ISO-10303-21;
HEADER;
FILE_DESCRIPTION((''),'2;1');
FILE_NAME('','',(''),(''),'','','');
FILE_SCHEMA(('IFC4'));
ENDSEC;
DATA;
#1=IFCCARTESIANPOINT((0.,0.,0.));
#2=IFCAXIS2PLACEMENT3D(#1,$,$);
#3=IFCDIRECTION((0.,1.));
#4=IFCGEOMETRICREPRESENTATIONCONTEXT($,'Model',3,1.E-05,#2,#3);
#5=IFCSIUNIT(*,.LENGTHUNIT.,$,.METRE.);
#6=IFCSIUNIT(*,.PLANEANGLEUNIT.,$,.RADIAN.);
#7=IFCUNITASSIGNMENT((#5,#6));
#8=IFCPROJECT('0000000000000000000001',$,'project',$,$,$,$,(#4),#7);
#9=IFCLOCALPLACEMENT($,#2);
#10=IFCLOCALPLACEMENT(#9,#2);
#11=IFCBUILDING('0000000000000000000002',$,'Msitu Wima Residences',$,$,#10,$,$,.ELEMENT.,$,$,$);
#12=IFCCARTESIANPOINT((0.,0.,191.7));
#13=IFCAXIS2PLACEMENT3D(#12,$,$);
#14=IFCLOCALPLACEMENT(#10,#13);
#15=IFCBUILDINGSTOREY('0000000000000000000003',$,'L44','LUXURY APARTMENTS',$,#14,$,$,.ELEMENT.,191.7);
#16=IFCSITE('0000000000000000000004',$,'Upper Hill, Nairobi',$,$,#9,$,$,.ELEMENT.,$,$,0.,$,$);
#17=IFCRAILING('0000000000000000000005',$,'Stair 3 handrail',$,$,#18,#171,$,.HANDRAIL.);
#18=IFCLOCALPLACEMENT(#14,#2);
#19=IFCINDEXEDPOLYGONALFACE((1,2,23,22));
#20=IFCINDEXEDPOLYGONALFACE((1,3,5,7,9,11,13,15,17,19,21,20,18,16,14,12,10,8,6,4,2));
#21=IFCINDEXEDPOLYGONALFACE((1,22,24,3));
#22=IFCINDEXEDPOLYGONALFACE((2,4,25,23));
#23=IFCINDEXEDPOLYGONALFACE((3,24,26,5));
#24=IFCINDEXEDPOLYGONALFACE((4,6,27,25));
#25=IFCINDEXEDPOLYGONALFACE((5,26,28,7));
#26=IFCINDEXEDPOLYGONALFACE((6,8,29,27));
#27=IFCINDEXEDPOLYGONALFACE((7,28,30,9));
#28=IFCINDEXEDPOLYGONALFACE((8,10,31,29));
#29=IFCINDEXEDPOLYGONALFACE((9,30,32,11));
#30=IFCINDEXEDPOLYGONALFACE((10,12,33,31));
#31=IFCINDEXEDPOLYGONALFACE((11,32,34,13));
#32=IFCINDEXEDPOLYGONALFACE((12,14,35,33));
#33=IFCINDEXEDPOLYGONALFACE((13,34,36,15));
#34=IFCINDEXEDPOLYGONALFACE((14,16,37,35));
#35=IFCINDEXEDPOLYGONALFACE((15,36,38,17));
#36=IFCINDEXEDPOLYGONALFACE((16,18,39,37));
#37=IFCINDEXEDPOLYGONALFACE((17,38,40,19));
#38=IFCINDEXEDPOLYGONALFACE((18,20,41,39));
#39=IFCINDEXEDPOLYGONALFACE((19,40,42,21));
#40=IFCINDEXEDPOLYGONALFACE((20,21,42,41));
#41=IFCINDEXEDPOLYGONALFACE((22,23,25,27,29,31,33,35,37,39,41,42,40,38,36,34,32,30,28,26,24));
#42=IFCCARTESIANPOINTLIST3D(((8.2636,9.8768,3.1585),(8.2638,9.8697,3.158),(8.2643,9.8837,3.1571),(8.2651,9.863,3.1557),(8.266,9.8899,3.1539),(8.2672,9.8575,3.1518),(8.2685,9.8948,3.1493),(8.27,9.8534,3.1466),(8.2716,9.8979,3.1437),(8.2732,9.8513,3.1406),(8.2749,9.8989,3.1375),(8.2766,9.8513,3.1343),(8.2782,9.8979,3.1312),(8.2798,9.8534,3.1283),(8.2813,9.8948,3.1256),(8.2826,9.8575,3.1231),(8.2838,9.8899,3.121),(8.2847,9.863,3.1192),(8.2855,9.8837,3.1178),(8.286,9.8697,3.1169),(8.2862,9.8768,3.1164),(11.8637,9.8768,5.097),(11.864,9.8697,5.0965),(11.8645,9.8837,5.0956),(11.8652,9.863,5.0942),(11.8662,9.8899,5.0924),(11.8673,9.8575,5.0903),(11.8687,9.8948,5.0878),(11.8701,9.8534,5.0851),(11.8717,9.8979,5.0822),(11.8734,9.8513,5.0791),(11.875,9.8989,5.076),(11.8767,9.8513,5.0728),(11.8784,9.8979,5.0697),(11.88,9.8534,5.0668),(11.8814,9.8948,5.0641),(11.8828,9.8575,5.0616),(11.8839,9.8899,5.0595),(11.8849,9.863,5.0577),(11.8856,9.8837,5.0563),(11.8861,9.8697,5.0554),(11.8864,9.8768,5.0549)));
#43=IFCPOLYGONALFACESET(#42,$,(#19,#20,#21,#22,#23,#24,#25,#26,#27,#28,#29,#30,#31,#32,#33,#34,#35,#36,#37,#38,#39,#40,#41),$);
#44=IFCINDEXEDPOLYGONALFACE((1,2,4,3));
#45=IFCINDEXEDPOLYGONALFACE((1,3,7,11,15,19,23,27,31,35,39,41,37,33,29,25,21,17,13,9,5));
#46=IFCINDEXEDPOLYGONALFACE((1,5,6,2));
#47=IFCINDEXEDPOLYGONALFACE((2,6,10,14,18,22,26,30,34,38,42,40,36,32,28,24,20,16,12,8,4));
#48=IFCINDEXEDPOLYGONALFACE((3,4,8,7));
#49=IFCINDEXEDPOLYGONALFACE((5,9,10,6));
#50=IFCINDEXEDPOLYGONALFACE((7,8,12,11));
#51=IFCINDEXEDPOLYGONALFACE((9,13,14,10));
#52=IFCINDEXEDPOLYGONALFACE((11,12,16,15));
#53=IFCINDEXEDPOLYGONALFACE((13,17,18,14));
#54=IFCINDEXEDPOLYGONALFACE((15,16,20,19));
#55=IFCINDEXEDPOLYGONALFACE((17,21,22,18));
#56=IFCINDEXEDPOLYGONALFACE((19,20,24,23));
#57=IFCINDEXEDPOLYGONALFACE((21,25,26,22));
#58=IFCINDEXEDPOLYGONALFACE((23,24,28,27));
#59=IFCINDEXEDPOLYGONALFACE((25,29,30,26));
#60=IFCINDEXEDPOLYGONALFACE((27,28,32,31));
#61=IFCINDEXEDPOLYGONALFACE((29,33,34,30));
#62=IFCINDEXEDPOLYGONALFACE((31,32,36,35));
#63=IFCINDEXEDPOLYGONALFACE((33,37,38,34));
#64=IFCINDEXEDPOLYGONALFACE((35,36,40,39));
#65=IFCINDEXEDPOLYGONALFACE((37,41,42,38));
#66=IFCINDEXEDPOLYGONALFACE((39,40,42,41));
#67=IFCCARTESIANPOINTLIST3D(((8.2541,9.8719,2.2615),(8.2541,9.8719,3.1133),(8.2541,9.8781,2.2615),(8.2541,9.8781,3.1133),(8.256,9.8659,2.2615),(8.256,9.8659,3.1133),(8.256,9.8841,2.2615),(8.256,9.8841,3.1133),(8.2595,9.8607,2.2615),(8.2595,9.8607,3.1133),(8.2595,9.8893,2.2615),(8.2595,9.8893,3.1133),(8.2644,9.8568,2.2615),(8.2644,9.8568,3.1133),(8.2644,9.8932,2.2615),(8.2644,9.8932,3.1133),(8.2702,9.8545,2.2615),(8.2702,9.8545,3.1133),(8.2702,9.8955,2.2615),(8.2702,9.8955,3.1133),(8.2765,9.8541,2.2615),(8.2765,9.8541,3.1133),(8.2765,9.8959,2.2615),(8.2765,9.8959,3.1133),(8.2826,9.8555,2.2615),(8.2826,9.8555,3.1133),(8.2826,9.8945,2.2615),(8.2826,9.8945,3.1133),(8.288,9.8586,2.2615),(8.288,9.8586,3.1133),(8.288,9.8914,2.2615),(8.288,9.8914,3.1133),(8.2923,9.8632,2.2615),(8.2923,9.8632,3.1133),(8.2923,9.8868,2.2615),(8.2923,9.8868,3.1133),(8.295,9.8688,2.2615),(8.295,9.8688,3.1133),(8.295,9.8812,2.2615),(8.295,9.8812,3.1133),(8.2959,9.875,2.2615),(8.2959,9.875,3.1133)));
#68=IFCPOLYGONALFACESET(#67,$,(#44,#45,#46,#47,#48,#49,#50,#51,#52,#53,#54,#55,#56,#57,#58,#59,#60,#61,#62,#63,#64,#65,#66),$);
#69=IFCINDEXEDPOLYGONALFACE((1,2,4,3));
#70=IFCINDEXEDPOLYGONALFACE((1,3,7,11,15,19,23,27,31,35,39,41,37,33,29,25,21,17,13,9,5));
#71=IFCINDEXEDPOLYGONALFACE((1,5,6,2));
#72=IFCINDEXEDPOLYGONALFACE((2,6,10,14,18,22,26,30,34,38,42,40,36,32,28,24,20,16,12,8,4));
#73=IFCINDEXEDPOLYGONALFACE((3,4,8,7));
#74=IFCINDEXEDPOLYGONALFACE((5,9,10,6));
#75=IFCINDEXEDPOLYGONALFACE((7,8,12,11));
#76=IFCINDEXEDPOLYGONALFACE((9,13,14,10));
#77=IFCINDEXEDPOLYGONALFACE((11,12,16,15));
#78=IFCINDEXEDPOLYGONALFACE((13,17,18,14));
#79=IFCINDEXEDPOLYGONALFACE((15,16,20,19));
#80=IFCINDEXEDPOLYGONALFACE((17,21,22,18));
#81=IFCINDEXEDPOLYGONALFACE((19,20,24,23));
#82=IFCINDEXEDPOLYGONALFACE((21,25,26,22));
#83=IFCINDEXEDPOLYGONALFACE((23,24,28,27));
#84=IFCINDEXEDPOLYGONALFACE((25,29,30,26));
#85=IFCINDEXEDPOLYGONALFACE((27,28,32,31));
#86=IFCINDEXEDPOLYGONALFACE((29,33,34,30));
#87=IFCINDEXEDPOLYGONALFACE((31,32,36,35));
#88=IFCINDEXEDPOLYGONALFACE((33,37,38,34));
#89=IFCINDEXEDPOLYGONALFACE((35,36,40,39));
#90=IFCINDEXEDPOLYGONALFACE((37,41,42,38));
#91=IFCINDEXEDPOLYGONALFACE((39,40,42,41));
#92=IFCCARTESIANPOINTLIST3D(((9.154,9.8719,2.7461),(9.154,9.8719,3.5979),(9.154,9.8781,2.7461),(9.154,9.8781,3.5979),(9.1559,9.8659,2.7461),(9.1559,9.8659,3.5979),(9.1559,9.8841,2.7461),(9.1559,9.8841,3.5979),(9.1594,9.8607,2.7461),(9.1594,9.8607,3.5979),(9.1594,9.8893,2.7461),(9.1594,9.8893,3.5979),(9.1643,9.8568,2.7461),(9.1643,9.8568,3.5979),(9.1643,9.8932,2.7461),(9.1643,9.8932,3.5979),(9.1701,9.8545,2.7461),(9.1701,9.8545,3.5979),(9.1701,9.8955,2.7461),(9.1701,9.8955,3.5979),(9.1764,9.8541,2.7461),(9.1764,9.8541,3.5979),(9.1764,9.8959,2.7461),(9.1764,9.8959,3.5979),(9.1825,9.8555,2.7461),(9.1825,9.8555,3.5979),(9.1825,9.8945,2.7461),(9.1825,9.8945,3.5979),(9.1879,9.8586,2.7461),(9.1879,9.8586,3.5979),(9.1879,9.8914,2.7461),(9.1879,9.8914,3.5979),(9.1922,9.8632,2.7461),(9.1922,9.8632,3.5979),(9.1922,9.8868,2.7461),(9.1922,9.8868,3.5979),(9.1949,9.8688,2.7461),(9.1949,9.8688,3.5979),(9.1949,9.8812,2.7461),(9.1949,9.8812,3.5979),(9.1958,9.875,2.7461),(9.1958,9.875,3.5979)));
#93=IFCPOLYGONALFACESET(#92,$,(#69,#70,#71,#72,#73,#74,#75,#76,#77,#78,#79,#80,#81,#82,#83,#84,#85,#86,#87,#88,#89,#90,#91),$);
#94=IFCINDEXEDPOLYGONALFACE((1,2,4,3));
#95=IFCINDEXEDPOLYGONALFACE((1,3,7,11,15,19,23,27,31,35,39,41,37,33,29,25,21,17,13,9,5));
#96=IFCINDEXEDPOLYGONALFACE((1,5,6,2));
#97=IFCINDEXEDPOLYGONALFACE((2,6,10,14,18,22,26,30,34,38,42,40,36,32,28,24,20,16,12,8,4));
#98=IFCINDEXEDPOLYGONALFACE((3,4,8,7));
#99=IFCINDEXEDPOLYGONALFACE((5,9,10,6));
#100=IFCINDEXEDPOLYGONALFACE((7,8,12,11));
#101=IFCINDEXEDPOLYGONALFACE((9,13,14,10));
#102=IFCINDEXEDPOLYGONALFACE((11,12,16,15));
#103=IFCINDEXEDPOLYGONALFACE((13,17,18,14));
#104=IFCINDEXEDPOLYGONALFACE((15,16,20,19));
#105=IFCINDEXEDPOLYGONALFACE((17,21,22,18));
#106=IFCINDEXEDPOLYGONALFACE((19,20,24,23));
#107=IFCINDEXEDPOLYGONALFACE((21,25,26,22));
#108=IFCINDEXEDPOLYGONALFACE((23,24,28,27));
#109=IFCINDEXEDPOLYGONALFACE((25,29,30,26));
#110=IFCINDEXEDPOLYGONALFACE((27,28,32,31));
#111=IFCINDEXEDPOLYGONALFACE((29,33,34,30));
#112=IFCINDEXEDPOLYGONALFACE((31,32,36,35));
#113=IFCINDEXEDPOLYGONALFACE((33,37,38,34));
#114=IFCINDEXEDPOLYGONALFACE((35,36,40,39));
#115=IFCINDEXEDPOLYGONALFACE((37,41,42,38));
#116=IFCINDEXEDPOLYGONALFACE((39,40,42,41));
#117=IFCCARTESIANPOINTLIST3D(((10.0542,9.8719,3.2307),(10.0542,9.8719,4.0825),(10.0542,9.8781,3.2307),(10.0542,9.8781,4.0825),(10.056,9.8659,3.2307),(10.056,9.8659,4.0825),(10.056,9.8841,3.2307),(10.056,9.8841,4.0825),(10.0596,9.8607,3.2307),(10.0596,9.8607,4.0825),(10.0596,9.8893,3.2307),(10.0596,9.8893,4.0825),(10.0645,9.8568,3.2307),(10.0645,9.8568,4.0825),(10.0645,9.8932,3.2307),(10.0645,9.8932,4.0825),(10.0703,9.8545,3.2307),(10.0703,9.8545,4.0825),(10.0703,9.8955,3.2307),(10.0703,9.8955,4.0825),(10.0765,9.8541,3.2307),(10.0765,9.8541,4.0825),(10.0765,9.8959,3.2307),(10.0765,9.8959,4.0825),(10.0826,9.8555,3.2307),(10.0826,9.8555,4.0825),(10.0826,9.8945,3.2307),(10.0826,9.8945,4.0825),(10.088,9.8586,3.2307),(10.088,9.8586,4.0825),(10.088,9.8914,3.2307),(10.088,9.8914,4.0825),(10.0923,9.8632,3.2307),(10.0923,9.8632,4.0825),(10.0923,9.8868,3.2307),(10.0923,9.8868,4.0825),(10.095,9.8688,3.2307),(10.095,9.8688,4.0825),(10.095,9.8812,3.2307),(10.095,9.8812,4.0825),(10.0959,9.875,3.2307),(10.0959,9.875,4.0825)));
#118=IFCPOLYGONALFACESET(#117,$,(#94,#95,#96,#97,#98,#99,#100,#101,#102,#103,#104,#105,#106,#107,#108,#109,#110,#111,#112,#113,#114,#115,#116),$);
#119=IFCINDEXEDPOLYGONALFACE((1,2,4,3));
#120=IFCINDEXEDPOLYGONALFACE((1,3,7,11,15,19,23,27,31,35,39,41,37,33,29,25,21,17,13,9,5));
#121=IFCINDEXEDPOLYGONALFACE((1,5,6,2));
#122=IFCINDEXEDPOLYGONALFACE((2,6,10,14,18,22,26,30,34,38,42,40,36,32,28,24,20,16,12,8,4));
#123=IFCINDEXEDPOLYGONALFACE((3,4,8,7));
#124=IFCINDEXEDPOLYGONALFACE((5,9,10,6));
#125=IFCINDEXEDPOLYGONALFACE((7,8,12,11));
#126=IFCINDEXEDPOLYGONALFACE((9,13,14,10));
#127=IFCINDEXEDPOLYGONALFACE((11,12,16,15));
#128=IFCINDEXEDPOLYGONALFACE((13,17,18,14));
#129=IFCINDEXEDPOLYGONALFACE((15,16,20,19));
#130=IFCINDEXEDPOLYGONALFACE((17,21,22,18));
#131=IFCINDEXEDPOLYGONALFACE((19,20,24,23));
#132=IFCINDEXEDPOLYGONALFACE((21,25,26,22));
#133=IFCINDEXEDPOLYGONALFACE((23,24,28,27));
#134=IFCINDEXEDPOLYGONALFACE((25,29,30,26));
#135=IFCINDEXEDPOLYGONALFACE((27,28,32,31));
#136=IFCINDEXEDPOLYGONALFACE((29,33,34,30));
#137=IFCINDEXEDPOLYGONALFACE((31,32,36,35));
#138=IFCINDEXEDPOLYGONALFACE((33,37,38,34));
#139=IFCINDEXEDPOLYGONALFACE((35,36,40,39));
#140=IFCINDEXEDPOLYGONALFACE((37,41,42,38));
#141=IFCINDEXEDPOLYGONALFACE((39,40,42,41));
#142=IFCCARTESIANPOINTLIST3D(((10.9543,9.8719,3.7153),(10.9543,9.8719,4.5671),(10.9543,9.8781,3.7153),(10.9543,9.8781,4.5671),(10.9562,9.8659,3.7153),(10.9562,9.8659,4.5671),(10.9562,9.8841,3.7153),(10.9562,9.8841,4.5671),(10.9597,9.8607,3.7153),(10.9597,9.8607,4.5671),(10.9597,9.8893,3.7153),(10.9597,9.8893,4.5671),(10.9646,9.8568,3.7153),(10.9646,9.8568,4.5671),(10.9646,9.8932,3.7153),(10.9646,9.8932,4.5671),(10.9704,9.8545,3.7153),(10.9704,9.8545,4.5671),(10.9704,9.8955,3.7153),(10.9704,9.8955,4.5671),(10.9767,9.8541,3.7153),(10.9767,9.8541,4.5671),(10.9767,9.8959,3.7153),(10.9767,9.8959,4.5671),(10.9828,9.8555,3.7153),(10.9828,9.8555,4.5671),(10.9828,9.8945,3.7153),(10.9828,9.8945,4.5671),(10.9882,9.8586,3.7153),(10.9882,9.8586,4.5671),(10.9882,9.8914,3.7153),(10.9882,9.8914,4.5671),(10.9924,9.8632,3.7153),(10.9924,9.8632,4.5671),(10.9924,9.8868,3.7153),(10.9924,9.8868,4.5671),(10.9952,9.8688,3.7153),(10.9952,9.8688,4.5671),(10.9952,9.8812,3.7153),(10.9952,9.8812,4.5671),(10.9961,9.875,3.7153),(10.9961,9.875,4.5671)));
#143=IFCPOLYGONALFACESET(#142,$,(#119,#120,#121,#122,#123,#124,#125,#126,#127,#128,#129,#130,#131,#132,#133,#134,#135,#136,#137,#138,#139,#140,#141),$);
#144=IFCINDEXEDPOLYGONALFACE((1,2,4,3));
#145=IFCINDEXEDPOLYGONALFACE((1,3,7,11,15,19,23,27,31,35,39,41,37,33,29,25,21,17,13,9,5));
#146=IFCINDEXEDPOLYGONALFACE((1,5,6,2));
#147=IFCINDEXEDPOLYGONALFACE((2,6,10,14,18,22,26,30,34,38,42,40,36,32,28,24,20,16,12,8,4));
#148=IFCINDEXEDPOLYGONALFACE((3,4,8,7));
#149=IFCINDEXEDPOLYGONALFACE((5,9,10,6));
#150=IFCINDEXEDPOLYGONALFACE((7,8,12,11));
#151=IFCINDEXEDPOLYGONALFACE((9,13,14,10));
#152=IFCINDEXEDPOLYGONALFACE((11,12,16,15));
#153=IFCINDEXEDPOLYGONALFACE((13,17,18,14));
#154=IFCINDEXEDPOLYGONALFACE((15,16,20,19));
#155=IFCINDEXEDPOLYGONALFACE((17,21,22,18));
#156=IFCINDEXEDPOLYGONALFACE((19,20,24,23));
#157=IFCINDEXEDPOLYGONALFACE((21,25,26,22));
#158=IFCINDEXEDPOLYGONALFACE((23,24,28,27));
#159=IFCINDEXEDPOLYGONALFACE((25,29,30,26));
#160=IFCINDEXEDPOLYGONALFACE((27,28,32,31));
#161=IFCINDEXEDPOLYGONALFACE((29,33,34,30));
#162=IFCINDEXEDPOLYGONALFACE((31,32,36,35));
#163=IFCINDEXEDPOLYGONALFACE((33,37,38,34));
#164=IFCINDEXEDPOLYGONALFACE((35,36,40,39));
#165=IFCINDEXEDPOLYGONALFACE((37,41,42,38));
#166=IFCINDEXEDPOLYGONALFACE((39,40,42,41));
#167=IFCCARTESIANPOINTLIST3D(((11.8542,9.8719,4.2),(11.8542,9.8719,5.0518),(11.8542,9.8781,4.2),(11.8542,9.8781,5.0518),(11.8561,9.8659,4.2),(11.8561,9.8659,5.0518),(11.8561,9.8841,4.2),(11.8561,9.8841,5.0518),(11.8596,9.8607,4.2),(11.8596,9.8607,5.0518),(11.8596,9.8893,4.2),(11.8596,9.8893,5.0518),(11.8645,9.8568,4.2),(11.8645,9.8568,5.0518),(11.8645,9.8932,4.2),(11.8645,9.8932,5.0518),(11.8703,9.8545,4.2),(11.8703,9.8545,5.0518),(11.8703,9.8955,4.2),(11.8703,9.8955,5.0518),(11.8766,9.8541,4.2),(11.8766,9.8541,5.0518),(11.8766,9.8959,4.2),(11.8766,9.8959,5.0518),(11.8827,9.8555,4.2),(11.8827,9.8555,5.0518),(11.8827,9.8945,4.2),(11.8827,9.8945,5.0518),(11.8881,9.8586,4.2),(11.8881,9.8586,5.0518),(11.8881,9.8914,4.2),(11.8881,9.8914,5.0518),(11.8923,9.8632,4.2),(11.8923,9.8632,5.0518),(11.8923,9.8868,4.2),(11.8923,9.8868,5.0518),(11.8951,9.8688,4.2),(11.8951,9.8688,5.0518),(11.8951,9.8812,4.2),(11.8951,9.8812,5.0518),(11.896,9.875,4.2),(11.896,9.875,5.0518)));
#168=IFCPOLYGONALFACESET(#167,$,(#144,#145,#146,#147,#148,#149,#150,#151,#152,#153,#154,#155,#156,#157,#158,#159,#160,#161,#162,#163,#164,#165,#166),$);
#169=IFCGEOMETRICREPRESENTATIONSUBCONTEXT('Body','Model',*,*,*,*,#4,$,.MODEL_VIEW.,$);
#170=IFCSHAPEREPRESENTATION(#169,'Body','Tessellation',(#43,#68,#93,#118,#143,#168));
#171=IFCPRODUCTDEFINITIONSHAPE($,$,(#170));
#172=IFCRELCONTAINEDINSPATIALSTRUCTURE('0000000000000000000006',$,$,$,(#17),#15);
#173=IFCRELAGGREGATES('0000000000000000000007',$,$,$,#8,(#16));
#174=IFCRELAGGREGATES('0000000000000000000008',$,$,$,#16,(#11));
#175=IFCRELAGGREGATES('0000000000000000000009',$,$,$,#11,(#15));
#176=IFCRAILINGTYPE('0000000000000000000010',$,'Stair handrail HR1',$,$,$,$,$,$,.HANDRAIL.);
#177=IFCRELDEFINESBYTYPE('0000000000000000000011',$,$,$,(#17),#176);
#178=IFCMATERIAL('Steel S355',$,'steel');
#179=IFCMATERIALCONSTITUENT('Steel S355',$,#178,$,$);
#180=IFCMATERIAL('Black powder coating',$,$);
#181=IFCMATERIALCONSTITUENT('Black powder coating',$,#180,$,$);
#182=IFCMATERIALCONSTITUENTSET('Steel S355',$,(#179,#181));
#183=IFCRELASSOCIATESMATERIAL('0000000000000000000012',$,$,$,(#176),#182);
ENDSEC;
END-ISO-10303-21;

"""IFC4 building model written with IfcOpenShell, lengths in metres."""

from ifc_helpers import new_model, si_unit, direction, frame, origin, origin_2d, place, context, subcontext, project, spatial, circle, extrude, material, constituent, constituent_set, type_object, element, save


model = new_model("IFC4")

# Units and contexts
model_context = context("Model", 3, precision=1e-05, world=origin(), true_north=direction((0.0, 1.0)))
body_context = subcontext(model_context, "Body", "Model", "MODEL_VIEW")
ifc_project = project(units=[si_unit("LENGTHUNIT", "METRE"), si_unit("PLANEANGLEUNIT", "RADIAN")], contexts=[model_context])

# Site, building, storey
site_placement = place(None, origin())
site = spatial("IfcSite", under=ifc_project, at=site_placement, Name="Upper Hill, Nairobi", CompositionType="ELEMENT", RefElevation=0.0)
building_placement = place(site_placement, origin())
building = spatial("IfcBuilding", under=site, at=building_placement, Name="Msitu Wima Residences", CompositionType="ELEMENT")
storey_placement = place(building_placement, frame((0.0, 0.0, 191.7)))
storey = spatial("IfcBuildingStorey", under=building, at=storey_placement, Name="L44", Description="LUXURY APARTMENTS", CompositionType="ELEMENT", Elevation=191.7)

# Railing
ifc_material_1 = material(Name="Steel S355", Category="steel")
ifc_constituent_1 = constituent(ifc_material_1, Name="Steel S355")
ifc_material_2 = material(Name="Black powder coating")
ifc_constituent_2 = constituent(ifc_material_2, Name="Black powder coating")
ifc_constituent_set = constituent_set(constituents=[ifc_constituent_1, ifc_constituent_2], Name="Steel S355")
railing_type = type_object("IfcRailingType", Name="Stair handrail HR1", PredefinedType="HANDRAIL", material=ifc_constituent_set)
for number, where, name in (
    (1, (8.2749, 9.875, 2.2615), "Stair 3 handrail"),
):
    element("IfcRailing", number, at=place(storey_placement, frame(where)), inside=storey, type_object=railing_type, Name=name, PredefinedType="HANDRAIL", context=body_context, shape_type="SweptSolid", body=[
        extrude(circle(Radius=0.0239, at=origin_2d()), frame((0.0, 0.0, 0.876), z_axis=(0.880475, 0.0, 0.474093), x_axis=(0.0, 1.0, 0.0)), (0.0, 0.0, 1.0), 4.0889),
        extrude(circle(Radius=0.021, at=origin_2d()), origin(), (0.0, 0.0, 1.0), 0.8518),
        extrude(circle(Radius=0.021, at=origin_2d()), frame((0.8999, 0.0, 0.4846)), (0.0, 0.0, 1.0), 0.8518),
        extrude(circle(Radius=0.021, at=origin_2d()), frame((1.8, 0.0, 0.9692)), (0.0, 0.0, 1.0), 0.8518),
        extrude(circle(Radius=0.021, at=origin_2d()), frame((2.7002, 0.0, 1.4539)), (0.0, 0.0, 1.0), 0.8518),
        extrude(circle(Radius=0.021, at=origin_2d()), frame((3.6001, 0.0, 1.9385)), (0.0, 0.0, 1.0), 0.8518),
    ])

save(model, "model.ifc")
